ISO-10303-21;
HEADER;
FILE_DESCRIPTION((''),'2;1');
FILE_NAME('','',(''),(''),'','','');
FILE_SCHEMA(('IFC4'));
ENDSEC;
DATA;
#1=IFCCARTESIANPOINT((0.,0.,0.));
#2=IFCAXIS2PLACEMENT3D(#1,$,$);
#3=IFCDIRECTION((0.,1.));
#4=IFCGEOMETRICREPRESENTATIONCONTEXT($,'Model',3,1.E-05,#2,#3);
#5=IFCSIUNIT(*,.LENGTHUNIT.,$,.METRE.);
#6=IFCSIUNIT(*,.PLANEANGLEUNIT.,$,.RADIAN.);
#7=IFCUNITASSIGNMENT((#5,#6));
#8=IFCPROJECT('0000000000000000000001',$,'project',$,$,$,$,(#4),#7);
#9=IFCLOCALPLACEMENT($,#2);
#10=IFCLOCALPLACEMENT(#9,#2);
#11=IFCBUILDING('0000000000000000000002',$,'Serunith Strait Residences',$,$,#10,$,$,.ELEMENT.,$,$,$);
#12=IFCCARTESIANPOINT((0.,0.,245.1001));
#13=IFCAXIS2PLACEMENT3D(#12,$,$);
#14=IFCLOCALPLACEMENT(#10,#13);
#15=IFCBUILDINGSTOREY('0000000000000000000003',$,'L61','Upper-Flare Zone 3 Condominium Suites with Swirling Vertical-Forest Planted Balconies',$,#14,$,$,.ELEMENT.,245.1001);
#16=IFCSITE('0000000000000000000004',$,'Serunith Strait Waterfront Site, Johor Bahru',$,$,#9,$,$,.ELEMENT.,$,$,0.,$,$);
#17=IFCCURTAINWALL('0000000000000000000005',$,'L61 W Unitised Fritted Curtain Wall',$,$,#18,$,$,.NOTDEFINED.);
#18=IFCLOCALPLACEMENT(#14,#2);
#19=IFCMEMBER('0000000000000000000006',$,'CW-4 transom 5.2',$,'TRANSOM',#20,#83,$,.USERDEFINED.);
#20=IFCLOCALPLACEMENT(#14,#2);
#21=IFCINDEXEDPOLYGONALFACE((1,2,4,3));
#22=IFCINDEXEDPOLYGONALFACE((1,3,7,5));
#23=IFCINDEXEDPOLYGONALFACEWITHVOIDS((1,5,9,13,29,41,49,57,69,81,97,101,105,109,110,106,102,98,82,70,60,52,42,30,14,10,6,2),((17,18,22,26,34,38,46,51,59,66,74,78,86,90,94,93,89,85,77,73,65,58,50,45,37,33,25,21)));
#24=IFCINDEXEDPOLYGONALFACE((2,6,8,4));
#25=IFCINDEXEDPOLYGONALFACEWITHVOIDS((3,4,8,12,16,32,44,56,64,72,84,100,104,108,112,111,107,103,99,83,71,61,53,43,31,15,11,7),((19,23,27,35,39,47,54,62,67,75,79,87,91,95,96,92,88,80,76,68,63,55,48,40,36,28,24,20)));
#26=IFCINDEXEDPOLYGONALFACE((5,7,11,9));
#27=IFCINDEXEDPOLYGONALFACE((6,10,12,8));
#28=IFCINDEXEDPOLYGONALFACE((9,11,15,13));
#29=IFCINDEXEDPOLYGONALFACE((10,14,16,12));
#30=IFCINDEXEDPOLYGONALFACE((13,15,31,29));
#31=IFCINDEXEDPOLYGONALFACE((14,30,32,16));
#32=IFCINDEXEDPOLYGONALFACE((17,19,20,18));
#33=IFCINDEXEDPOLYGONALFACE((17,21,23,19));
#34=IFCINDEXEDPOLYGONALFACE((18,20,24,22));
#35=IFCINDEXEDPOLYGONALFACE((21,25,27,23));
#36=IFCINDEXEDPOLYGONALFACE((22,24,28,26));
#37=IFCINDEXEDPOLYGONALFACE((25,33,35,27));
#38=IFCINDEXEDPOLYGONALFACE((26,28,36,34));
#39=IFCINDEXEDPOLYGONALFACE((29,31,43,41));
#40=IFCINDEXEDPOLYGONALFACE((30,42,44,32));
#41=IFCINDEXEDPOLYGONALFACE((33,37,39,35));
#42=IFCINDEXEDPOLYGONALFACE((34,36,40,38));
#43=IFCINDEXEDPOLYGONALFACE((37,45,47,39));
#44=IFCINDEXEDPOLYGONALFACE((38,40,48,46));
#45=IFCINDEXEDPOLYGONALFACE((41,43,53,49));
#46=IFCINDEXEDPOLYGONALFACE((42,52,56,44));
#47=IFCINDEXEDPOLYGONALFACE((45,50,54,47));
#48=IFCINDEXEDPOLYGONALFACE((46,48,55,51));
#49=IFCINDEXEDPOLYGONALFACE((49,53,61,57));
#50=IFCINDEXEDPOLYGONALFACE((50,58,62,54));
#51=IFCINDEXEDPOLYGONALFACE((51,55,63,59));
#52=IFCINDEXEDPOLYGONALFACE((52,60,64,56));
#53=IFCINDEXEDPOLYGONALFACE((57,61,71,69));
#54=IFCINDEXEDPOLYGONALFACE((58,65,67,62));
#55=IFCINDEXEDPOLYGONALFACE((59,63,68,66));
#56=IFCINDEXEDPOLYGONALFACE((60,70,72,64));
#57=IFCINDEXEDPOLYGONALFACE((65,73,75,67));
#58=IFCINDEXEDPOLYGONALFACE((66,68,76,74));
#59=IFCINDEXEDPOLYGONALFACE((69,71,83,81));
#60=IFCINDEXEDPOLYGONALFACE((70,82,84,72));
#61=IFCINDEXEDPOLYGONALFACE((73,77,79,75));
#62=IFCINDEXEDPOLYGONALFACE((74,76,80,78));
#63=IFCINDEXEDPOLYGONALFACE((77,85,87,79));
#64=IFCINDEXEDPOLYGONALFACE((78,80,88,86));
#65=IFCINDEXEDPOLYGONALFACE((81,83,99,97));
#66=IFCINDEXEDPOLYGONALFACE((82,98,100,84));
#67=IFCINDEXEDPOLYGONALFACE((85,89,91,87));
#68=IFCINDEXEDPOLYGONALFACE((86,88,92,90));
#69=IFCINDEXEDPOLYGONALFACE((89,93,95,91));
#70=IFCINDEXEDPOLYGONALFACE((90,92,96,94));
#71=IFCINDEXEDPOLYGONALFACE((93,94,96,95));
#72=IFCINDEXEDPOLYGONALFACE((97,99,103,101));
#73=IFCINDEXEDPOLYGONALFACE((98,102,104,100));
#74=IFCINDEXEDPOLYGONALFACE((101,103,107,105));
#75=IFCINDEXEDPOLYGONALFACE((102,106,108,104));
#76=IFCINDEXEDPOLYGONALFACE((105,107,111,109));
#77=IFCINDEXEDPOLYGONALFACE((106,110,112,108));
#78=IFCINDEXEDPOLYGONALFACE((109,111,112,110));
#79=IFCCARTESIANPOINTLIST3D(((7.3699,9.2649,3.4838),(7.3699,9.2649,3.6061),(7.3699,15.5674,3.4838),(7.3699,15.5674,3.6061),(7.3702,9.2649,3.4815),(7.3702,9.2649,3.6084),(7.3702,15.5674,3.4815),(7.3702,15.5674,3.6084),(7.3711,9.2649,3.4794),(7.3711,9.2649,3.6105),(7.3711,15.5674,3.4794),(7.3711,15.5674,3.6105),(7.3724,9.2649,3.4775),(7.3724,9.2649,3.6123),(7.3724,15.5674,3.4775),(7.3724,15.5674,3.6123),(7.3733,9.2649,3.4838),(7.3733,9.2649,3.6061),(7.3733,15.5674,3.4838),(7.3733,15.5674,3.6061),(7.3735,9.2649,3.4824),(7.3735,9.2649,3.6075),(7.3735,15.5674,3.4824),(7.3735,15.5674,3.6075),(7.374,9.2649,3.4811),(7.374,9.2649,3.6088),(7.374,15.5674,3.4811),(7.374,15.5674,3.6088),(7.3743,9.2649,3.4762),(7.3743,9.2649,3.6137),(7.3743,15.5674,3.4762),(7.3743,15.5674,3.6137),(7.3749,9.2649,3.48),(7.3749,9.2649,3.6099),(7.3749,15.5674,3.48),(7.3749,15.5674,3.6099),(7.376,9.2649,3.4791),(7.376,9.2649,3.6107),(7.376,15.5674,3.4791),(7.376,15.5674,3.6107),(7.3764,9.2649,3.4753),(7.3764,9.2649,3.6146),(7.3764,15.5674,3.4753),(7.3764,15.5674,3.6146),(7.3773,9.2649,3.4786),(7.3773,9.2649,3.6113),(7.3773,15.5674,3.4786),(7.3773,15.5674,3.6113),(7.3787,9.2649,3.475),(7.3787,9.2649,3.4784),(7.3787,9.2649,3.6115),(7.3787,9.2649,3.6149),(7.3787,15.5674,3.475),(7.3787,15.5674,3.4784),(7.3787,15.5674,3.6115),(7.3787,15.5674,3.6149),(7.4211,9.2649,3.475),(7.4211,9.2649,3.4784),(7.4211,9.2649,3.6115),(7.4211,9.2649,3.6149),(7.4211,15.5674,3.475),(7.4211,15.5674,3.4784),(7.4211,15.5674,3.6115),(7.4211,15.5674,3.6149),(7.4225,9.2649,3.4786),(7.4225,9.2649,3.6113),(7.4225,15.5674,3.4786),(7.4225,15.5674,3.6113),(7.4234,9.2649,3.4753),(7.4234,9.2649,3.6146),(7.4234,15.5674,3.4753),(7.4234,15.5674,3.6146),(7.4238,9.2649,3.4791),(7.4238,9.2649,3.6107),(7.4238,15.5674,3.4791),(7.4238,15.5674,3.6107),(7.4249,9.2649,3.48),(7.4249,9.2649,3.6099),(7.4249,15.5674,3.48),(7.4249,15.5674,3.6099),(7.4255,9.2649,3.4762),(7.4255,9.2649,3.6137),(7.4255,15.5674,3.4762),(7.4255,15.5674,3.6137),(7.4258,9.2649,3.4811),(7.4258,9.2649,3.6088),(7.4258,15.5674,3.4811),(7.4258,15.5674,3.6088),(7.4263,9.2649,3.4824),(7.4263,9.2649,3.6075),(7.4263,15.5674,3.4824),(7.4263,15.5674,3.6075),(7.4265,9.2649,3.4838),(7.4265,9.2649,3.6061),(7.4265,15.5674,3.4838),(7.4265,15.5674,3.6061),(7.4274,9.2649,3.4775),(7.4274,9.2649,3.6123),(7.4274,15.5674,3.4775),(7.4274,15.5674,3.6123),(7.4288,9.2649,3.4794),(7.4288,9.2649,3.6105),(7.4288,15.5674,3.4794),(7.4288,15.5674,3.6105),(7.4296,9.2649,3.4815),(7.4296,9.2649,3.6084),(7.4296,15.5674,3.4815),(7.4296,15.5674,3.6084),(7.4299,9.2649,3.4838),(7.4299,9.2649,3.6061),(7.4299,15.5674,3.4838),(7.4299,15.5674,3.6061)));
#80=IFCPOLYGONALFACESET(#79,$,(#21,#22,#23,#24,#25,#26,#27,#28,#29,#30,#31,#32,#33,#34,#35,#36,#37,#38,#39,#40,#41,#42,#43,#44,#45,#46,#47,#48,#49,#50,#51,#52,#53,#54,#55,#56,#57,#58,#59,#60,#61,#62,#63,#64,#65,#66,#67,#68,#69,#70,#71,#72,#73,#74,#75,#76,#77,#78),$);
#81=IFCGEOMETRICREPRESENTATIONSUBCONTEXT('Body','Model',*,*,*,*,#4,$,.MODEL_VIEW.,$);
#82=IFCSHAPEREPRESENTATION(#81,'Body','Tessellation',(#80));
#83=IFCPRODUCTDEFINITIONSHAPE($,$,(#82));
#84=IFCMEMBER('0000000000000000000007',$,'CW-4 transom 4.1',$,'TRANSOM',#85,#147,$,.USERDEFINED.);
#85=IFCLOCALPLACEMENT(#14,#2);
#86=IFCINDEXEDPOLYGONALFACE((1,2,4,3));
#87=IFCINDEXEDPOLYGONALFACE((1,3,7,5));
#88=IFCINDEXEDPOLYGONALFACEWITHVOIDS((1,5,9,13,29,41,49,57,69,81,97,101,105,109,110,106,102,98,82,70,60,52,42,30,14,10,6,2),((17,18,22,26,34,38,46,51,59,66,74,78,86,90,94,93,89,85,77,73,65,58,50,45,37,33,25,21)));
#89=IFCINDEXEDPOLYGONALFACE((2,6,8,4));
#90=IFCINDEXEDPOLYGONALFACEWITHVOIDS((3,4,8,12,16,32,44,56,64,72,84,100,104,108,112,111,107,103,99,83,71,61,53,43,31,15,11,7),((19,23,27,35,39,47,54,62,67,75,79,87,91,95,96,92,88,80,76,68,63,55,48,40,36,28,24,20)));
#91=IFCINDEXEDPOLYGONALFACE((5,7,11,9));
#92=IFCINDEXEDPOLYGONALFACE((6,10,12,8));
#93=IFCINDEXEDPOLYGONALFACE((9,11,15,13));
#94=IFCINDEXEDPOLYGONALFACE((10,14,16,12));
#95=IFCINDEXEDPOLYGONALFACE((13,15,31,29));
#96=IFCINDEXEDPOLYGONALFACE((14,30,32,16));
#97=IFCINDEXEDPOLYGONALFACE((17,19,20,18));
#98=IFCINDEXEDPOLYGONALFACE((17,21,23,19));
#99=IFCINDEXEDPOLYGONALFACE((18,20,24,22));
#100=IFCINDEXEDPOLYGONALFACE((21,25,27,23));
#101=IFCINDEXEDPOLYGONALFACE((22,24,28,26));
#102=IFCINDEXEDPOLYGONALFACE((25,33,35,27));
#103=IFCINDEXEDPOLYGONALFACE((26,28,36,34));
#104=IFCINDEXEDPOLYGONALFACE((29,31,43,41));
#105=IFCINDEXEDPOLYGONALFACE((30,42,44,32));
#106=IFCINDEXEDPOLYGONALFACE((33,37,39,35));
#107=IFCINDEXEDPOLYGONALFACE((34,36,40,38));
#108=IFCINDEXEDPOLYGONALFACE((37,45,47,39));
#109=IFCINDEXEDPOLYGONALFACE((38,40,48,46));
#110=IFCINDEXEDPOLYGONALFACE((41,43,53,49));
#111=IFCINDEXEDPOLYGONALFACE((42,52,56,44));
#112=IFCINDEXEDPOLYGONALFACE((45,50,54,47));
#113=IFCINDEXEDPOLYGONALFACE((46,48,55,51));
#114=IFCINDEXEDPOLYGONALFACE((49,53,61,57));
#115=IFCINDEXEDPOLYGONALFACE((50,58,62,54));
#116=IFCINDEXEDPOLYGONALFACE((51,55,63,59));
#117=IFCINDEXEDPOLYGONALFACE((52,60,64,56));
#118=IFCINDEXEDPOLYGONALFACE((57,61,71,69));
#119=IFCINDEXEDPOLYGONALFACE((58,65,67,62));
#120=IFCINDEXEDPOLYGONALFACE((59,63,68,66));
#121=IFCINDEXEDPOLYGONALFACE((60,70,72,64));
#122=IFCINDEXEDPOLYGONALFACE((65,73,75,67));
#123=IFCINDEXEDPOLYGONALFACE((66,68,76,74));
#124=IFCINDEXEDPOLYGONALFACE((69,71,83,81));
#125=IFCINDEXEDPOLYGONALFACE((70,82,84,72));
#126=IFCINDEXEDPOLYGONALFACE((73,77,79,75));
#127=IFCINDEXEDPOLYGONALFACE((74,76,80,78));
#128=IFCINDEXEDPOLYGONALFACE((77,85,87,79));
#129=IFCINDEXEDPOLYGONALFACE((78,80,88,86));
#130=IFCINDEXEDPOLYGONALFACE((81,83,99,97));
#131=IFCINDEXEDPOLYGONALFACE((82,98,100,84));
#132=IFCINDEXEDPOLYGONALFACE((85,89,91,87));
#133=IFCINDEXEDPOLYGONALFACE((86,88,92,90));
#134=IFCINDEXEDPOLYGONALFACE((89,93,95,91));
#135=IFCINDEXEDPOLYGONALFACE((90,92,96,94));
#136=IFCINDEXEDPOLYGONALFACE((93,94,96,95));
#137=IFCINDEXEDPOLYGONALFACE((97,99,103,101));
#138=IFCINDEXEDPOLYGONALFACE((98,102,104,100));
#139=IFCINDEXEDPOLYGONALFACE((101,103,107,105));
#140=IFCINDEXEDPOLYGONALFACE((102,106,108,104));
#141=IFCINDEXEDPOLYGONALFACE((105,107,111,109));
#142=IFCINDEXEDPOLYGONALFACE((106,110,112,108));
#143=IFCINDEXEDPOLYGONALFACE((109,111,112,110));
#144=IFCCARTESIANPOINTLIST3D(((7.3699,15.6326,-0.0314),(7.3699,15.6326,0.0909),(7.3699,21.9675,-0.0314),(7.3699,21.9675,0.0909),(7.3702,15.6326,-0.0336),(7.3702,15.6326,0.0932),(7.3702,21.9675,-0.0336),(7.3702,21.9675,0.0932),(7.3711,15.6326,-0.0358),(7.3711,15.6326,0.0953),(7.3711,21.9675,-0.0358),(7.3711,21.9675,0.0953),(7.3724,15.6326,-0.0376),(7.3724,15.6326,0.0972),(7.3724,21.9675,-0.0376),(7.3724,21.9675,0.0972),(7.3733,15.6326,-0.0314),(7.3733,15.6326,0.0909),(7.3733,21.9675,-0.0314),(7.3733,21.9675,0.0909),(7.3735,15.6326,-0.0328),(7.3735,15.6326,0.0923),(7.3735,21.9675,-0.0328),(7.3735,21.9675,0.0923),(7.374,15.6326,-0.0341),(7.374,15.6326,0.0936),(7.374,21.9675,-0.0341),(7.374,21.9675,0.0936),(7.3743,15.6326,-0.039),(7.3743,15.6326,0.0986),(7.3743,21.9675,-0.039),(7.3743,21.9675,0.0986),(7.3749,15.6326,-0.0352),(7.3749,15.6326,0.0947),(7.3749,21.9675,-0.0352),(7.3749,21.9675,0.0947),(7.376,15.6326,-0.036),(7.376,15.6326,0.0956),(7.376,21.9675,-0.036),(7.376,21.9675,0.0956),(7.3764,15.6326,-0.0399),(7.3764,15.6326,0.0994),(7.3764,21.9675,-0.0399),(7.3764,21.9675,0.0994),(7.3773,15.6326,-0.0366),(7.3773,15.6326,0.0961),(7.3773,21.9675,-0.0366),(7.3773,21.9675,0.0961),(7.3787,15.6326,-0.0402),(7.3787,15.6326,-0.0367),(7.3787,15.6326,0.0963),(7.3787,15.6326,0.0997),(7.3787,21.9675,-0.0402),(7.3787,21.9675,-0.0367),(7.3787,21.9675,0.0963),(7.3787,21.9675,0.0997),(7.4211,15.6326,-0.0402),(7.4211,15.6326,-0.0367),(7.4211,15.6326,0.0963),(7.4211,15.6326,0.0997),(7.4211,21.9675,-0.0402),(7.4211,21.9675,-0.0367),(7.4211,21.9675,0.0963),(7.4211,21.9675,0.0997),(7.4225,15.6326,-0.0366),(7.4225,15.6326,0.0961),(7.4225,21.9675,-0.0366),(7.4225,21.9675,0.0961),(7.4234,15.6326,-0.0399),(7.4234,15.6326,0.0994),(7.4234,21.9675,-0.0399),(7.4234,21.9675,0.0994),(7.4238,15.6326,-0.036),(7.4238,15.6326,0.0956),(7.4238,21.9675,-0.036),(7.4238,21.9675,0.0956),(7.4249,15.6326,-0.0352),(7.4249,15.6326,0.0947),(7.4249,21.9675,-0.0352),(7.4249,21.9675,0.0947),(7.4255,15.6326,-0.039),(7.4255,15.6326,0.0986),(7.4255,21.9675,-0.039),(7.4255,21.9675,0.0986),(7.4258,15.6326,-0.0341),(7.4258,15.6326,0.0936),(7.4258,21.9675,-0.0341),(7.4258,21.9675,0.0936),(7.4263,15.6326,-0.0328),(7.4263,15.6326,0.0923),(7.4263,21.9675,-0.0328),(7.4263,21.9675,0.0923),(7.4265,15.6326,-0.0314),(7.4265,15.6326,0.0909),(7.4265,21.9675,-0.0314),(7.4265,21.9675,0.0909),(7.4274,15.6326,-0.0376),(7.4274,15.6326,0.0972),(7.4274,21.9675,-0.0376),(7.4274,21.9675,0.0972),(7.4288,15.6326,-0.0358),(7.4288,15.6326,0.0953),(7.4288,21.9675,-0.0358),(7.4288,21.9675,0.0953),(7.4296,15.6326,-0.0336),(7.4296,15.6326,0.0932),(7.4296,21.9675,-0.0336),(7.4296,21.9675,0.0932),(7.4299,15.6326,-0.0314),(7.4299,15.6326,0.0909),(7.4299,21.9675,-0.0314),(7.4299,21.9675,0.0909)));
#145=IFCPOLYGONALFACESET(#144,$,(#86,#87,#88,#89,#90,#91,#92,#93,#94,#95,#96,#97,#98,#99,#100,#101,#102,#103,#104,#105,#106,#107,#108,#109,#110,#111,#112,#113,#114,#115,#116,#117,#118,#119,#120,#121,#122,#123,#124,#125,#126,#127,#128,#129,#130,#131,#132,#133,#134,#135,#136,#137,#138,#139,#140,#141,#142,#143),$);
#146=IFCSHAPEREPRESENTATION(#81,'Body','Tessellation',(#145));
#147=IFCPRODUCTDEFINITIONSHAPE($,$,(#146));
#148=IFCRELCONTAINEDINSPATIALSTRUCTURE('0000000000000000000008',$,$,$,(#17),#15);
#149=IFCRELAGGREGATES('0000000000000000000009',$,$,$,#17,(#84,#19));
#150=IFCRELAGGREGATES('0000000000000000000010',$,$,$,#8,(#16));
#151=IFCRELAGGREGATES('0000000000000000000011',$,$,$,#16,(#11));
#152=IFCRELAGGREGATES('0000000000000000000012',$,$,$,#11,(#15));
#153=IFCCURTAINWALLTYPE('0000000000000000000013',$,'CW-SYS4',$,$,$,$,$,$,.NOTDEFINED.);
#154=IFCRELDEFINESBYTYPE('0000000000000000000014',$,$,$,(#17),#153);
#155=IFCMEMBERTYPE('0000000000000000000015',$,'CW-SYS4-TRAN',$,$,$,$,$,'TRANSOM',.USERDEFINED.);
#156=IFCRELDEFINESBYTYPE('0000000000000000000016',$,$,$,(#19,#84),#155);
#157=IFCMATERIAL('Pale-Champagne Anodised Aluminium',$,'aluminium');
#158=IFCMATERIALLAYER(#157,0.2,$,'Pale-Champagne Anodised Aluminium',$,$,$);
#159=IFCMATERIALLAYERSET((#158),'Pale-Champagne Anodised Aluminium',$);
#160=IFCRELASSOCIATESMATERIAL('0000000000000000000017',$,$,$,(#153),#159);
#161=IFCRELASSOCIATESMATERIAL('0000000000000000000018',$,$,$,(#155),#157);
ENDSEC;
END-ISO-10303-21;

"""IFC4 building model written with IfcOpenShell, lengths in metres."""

from ifc_helpers import new_model, si_unit, direction, frame, origin, origin_2d, place, context, subcontext, project, spatial, hollow_rectangle, extrude, source, transform, mapped, material, layer, layer_set, material_profile, profile_set, type_object, element, aggregate, save


model = new_model("IFC4")

# Units and contexts
model_context = context("Model", 3, precision=1e-05, world=origin(), true_north=direction((0.0, 1.0)))
body_context = subcontext(model_context, "Body", "Model", "MODEL_VIEW")
ifc_project = project(units=[si_unit("LENGTHUNIT", "METRE"), si_unit("PLANEANGLEUNIT", "RADIAN")], contexts=[model_context])

# Site, building, storey
site_placement = place(None, origin())
site = spatial("IfcSite", under=ifc_project, at=site_placement, Name="Serunith Strait Waterfront Site, Johor Bahru", CompositionType="ELEMENT", RefElevation=0.0)
building_placement = place(site_placement, origin())
building = spatial("IfcBuilding", under=site, at=building_placement, Name="Serunith Strait Residences", CompositionType="ELEMENT")
storey_placement = place(building_placement, frame((0.0, 0.0, 245.1001)))
storey = spatial("IfcBuildingStorey", under=building, at=storey_placement, Name="L61", Description="Upper-Flare Zone 3 Condominium Suites with Swirling Vertical-Forest Planted Balconies", CompositionType="ELEMENT", Elevation=245.1001)

# Curtain wall, members
ifc_material_1 = material(Name="Pale-Champagne Anodised Aluminium", Category="aluminium")
ifc_layer_1 = layer(ifc_material_1, 0.2, Name="Pale-Champagne Anodised Aluminium")
ifc_layer_set_1 = layer_set([ifc_layer_1], Name="Pale-Champagne Anodised Aluminium")
curtain_wall_type = type_object("IfcCurtainWallType", Name="CW-SYS4", PredefinedType="NOTDEFINED", material=ifc_layer_set_1)
curtain_wall_placement = place(storey_placement, origin())
curtain_wall = element("IfcCurtainWall", 1, at=curtain_wall_placement, inside=storey, type_object=curtain_wall_type, Name="L61 W Unitised Fritted Curtain Wall", PredefinedType="NOTDEFINED")
ifc_material_profile_1 = material_profile(ifc_material_1, hollow_rectangle(XDim=0.0601, YDim=0.1399, WallThickness=0.0034, InnerFilletRadius=0.0054, OuterFilletRadius=0.0088, at=origin_2d()), Name="ALU 140x60x3.5")
ifc_profile_set_1 = profile_set([ifc_material_profile_1], Name="Pale-Champagne Anodised Aluminium")
member_type_1 = type_object("IfcMemberType", Name="CW-SYS4-TRAN", ElementType="TRANSOM", PredefinedType="USERDEFINED", material=ifc_profile_set_1)
shared_shape_1 = source(origin(), body_context, "Body", "SweptSolid", [
    extrude(hollow_rectangle(XDim=0.0601, YDim=0.1399, WallThickness=0.0034, InnerFilletRadius=0.0054, OuterFilletRadius=0.0088, at=origin_2d()), origin(), (0.0, 0.0, 1.0), 6.3025),
])
member_1_placement = place(storey_placement, frame((7.3999, 15.5674, 3.5449), z_axis=(0.0, -1.0, 0.0), x_axis=(1.0, 0.0, 0.0)))
member_1 = element("IfcMember", 2, at=member_1_placement, type_object=member_type_1, Name="CW-4 transom 5.2", ObjectType="TRANSOM", PredefinedType="USERDEFINED", context=body_context, shape_type="MappedRepresentation", body=[
    mapped(shared_shape_1, transform((0.0, 0.0, 0.0), scale=1.0)),
])
shared_shape_2 = source(origin(), body_context, "Body", "SweptSolid", [
    extrude(hollow_rectangle(XDim=0.0601, YDim=0.1399, WallThickness=0.0034, InnerFilletRadius=0.0054, OuterFilletRadius=0.0088, at=origin_2d()), origin(), (0.0, 0.0, 1.0), 6.335),
])
member_2_placement = place(storey_placement, frame((7.3999, 21.9675, 0.0298), z_axis=(0.0, -1.0, 0.0), x_axis=(1.0, 0.0, 0.0)))
member_2 = element("IfcMember", 3, at=member_2_placement, type_object=member_type_1, Name="CW-4 transom 4.1", ObjectType="TRANSOM", PredefinedType="USERDEFINED", context=body_context, shape_type="MappedRepresentation", body=[
    mapped(shared_shape_2, transform((0.0, 0.0, 0.0), scale=1.0)),
])
aggregate(curtain_wall, [member_2, member_1])

save(model, "model.ifc")
